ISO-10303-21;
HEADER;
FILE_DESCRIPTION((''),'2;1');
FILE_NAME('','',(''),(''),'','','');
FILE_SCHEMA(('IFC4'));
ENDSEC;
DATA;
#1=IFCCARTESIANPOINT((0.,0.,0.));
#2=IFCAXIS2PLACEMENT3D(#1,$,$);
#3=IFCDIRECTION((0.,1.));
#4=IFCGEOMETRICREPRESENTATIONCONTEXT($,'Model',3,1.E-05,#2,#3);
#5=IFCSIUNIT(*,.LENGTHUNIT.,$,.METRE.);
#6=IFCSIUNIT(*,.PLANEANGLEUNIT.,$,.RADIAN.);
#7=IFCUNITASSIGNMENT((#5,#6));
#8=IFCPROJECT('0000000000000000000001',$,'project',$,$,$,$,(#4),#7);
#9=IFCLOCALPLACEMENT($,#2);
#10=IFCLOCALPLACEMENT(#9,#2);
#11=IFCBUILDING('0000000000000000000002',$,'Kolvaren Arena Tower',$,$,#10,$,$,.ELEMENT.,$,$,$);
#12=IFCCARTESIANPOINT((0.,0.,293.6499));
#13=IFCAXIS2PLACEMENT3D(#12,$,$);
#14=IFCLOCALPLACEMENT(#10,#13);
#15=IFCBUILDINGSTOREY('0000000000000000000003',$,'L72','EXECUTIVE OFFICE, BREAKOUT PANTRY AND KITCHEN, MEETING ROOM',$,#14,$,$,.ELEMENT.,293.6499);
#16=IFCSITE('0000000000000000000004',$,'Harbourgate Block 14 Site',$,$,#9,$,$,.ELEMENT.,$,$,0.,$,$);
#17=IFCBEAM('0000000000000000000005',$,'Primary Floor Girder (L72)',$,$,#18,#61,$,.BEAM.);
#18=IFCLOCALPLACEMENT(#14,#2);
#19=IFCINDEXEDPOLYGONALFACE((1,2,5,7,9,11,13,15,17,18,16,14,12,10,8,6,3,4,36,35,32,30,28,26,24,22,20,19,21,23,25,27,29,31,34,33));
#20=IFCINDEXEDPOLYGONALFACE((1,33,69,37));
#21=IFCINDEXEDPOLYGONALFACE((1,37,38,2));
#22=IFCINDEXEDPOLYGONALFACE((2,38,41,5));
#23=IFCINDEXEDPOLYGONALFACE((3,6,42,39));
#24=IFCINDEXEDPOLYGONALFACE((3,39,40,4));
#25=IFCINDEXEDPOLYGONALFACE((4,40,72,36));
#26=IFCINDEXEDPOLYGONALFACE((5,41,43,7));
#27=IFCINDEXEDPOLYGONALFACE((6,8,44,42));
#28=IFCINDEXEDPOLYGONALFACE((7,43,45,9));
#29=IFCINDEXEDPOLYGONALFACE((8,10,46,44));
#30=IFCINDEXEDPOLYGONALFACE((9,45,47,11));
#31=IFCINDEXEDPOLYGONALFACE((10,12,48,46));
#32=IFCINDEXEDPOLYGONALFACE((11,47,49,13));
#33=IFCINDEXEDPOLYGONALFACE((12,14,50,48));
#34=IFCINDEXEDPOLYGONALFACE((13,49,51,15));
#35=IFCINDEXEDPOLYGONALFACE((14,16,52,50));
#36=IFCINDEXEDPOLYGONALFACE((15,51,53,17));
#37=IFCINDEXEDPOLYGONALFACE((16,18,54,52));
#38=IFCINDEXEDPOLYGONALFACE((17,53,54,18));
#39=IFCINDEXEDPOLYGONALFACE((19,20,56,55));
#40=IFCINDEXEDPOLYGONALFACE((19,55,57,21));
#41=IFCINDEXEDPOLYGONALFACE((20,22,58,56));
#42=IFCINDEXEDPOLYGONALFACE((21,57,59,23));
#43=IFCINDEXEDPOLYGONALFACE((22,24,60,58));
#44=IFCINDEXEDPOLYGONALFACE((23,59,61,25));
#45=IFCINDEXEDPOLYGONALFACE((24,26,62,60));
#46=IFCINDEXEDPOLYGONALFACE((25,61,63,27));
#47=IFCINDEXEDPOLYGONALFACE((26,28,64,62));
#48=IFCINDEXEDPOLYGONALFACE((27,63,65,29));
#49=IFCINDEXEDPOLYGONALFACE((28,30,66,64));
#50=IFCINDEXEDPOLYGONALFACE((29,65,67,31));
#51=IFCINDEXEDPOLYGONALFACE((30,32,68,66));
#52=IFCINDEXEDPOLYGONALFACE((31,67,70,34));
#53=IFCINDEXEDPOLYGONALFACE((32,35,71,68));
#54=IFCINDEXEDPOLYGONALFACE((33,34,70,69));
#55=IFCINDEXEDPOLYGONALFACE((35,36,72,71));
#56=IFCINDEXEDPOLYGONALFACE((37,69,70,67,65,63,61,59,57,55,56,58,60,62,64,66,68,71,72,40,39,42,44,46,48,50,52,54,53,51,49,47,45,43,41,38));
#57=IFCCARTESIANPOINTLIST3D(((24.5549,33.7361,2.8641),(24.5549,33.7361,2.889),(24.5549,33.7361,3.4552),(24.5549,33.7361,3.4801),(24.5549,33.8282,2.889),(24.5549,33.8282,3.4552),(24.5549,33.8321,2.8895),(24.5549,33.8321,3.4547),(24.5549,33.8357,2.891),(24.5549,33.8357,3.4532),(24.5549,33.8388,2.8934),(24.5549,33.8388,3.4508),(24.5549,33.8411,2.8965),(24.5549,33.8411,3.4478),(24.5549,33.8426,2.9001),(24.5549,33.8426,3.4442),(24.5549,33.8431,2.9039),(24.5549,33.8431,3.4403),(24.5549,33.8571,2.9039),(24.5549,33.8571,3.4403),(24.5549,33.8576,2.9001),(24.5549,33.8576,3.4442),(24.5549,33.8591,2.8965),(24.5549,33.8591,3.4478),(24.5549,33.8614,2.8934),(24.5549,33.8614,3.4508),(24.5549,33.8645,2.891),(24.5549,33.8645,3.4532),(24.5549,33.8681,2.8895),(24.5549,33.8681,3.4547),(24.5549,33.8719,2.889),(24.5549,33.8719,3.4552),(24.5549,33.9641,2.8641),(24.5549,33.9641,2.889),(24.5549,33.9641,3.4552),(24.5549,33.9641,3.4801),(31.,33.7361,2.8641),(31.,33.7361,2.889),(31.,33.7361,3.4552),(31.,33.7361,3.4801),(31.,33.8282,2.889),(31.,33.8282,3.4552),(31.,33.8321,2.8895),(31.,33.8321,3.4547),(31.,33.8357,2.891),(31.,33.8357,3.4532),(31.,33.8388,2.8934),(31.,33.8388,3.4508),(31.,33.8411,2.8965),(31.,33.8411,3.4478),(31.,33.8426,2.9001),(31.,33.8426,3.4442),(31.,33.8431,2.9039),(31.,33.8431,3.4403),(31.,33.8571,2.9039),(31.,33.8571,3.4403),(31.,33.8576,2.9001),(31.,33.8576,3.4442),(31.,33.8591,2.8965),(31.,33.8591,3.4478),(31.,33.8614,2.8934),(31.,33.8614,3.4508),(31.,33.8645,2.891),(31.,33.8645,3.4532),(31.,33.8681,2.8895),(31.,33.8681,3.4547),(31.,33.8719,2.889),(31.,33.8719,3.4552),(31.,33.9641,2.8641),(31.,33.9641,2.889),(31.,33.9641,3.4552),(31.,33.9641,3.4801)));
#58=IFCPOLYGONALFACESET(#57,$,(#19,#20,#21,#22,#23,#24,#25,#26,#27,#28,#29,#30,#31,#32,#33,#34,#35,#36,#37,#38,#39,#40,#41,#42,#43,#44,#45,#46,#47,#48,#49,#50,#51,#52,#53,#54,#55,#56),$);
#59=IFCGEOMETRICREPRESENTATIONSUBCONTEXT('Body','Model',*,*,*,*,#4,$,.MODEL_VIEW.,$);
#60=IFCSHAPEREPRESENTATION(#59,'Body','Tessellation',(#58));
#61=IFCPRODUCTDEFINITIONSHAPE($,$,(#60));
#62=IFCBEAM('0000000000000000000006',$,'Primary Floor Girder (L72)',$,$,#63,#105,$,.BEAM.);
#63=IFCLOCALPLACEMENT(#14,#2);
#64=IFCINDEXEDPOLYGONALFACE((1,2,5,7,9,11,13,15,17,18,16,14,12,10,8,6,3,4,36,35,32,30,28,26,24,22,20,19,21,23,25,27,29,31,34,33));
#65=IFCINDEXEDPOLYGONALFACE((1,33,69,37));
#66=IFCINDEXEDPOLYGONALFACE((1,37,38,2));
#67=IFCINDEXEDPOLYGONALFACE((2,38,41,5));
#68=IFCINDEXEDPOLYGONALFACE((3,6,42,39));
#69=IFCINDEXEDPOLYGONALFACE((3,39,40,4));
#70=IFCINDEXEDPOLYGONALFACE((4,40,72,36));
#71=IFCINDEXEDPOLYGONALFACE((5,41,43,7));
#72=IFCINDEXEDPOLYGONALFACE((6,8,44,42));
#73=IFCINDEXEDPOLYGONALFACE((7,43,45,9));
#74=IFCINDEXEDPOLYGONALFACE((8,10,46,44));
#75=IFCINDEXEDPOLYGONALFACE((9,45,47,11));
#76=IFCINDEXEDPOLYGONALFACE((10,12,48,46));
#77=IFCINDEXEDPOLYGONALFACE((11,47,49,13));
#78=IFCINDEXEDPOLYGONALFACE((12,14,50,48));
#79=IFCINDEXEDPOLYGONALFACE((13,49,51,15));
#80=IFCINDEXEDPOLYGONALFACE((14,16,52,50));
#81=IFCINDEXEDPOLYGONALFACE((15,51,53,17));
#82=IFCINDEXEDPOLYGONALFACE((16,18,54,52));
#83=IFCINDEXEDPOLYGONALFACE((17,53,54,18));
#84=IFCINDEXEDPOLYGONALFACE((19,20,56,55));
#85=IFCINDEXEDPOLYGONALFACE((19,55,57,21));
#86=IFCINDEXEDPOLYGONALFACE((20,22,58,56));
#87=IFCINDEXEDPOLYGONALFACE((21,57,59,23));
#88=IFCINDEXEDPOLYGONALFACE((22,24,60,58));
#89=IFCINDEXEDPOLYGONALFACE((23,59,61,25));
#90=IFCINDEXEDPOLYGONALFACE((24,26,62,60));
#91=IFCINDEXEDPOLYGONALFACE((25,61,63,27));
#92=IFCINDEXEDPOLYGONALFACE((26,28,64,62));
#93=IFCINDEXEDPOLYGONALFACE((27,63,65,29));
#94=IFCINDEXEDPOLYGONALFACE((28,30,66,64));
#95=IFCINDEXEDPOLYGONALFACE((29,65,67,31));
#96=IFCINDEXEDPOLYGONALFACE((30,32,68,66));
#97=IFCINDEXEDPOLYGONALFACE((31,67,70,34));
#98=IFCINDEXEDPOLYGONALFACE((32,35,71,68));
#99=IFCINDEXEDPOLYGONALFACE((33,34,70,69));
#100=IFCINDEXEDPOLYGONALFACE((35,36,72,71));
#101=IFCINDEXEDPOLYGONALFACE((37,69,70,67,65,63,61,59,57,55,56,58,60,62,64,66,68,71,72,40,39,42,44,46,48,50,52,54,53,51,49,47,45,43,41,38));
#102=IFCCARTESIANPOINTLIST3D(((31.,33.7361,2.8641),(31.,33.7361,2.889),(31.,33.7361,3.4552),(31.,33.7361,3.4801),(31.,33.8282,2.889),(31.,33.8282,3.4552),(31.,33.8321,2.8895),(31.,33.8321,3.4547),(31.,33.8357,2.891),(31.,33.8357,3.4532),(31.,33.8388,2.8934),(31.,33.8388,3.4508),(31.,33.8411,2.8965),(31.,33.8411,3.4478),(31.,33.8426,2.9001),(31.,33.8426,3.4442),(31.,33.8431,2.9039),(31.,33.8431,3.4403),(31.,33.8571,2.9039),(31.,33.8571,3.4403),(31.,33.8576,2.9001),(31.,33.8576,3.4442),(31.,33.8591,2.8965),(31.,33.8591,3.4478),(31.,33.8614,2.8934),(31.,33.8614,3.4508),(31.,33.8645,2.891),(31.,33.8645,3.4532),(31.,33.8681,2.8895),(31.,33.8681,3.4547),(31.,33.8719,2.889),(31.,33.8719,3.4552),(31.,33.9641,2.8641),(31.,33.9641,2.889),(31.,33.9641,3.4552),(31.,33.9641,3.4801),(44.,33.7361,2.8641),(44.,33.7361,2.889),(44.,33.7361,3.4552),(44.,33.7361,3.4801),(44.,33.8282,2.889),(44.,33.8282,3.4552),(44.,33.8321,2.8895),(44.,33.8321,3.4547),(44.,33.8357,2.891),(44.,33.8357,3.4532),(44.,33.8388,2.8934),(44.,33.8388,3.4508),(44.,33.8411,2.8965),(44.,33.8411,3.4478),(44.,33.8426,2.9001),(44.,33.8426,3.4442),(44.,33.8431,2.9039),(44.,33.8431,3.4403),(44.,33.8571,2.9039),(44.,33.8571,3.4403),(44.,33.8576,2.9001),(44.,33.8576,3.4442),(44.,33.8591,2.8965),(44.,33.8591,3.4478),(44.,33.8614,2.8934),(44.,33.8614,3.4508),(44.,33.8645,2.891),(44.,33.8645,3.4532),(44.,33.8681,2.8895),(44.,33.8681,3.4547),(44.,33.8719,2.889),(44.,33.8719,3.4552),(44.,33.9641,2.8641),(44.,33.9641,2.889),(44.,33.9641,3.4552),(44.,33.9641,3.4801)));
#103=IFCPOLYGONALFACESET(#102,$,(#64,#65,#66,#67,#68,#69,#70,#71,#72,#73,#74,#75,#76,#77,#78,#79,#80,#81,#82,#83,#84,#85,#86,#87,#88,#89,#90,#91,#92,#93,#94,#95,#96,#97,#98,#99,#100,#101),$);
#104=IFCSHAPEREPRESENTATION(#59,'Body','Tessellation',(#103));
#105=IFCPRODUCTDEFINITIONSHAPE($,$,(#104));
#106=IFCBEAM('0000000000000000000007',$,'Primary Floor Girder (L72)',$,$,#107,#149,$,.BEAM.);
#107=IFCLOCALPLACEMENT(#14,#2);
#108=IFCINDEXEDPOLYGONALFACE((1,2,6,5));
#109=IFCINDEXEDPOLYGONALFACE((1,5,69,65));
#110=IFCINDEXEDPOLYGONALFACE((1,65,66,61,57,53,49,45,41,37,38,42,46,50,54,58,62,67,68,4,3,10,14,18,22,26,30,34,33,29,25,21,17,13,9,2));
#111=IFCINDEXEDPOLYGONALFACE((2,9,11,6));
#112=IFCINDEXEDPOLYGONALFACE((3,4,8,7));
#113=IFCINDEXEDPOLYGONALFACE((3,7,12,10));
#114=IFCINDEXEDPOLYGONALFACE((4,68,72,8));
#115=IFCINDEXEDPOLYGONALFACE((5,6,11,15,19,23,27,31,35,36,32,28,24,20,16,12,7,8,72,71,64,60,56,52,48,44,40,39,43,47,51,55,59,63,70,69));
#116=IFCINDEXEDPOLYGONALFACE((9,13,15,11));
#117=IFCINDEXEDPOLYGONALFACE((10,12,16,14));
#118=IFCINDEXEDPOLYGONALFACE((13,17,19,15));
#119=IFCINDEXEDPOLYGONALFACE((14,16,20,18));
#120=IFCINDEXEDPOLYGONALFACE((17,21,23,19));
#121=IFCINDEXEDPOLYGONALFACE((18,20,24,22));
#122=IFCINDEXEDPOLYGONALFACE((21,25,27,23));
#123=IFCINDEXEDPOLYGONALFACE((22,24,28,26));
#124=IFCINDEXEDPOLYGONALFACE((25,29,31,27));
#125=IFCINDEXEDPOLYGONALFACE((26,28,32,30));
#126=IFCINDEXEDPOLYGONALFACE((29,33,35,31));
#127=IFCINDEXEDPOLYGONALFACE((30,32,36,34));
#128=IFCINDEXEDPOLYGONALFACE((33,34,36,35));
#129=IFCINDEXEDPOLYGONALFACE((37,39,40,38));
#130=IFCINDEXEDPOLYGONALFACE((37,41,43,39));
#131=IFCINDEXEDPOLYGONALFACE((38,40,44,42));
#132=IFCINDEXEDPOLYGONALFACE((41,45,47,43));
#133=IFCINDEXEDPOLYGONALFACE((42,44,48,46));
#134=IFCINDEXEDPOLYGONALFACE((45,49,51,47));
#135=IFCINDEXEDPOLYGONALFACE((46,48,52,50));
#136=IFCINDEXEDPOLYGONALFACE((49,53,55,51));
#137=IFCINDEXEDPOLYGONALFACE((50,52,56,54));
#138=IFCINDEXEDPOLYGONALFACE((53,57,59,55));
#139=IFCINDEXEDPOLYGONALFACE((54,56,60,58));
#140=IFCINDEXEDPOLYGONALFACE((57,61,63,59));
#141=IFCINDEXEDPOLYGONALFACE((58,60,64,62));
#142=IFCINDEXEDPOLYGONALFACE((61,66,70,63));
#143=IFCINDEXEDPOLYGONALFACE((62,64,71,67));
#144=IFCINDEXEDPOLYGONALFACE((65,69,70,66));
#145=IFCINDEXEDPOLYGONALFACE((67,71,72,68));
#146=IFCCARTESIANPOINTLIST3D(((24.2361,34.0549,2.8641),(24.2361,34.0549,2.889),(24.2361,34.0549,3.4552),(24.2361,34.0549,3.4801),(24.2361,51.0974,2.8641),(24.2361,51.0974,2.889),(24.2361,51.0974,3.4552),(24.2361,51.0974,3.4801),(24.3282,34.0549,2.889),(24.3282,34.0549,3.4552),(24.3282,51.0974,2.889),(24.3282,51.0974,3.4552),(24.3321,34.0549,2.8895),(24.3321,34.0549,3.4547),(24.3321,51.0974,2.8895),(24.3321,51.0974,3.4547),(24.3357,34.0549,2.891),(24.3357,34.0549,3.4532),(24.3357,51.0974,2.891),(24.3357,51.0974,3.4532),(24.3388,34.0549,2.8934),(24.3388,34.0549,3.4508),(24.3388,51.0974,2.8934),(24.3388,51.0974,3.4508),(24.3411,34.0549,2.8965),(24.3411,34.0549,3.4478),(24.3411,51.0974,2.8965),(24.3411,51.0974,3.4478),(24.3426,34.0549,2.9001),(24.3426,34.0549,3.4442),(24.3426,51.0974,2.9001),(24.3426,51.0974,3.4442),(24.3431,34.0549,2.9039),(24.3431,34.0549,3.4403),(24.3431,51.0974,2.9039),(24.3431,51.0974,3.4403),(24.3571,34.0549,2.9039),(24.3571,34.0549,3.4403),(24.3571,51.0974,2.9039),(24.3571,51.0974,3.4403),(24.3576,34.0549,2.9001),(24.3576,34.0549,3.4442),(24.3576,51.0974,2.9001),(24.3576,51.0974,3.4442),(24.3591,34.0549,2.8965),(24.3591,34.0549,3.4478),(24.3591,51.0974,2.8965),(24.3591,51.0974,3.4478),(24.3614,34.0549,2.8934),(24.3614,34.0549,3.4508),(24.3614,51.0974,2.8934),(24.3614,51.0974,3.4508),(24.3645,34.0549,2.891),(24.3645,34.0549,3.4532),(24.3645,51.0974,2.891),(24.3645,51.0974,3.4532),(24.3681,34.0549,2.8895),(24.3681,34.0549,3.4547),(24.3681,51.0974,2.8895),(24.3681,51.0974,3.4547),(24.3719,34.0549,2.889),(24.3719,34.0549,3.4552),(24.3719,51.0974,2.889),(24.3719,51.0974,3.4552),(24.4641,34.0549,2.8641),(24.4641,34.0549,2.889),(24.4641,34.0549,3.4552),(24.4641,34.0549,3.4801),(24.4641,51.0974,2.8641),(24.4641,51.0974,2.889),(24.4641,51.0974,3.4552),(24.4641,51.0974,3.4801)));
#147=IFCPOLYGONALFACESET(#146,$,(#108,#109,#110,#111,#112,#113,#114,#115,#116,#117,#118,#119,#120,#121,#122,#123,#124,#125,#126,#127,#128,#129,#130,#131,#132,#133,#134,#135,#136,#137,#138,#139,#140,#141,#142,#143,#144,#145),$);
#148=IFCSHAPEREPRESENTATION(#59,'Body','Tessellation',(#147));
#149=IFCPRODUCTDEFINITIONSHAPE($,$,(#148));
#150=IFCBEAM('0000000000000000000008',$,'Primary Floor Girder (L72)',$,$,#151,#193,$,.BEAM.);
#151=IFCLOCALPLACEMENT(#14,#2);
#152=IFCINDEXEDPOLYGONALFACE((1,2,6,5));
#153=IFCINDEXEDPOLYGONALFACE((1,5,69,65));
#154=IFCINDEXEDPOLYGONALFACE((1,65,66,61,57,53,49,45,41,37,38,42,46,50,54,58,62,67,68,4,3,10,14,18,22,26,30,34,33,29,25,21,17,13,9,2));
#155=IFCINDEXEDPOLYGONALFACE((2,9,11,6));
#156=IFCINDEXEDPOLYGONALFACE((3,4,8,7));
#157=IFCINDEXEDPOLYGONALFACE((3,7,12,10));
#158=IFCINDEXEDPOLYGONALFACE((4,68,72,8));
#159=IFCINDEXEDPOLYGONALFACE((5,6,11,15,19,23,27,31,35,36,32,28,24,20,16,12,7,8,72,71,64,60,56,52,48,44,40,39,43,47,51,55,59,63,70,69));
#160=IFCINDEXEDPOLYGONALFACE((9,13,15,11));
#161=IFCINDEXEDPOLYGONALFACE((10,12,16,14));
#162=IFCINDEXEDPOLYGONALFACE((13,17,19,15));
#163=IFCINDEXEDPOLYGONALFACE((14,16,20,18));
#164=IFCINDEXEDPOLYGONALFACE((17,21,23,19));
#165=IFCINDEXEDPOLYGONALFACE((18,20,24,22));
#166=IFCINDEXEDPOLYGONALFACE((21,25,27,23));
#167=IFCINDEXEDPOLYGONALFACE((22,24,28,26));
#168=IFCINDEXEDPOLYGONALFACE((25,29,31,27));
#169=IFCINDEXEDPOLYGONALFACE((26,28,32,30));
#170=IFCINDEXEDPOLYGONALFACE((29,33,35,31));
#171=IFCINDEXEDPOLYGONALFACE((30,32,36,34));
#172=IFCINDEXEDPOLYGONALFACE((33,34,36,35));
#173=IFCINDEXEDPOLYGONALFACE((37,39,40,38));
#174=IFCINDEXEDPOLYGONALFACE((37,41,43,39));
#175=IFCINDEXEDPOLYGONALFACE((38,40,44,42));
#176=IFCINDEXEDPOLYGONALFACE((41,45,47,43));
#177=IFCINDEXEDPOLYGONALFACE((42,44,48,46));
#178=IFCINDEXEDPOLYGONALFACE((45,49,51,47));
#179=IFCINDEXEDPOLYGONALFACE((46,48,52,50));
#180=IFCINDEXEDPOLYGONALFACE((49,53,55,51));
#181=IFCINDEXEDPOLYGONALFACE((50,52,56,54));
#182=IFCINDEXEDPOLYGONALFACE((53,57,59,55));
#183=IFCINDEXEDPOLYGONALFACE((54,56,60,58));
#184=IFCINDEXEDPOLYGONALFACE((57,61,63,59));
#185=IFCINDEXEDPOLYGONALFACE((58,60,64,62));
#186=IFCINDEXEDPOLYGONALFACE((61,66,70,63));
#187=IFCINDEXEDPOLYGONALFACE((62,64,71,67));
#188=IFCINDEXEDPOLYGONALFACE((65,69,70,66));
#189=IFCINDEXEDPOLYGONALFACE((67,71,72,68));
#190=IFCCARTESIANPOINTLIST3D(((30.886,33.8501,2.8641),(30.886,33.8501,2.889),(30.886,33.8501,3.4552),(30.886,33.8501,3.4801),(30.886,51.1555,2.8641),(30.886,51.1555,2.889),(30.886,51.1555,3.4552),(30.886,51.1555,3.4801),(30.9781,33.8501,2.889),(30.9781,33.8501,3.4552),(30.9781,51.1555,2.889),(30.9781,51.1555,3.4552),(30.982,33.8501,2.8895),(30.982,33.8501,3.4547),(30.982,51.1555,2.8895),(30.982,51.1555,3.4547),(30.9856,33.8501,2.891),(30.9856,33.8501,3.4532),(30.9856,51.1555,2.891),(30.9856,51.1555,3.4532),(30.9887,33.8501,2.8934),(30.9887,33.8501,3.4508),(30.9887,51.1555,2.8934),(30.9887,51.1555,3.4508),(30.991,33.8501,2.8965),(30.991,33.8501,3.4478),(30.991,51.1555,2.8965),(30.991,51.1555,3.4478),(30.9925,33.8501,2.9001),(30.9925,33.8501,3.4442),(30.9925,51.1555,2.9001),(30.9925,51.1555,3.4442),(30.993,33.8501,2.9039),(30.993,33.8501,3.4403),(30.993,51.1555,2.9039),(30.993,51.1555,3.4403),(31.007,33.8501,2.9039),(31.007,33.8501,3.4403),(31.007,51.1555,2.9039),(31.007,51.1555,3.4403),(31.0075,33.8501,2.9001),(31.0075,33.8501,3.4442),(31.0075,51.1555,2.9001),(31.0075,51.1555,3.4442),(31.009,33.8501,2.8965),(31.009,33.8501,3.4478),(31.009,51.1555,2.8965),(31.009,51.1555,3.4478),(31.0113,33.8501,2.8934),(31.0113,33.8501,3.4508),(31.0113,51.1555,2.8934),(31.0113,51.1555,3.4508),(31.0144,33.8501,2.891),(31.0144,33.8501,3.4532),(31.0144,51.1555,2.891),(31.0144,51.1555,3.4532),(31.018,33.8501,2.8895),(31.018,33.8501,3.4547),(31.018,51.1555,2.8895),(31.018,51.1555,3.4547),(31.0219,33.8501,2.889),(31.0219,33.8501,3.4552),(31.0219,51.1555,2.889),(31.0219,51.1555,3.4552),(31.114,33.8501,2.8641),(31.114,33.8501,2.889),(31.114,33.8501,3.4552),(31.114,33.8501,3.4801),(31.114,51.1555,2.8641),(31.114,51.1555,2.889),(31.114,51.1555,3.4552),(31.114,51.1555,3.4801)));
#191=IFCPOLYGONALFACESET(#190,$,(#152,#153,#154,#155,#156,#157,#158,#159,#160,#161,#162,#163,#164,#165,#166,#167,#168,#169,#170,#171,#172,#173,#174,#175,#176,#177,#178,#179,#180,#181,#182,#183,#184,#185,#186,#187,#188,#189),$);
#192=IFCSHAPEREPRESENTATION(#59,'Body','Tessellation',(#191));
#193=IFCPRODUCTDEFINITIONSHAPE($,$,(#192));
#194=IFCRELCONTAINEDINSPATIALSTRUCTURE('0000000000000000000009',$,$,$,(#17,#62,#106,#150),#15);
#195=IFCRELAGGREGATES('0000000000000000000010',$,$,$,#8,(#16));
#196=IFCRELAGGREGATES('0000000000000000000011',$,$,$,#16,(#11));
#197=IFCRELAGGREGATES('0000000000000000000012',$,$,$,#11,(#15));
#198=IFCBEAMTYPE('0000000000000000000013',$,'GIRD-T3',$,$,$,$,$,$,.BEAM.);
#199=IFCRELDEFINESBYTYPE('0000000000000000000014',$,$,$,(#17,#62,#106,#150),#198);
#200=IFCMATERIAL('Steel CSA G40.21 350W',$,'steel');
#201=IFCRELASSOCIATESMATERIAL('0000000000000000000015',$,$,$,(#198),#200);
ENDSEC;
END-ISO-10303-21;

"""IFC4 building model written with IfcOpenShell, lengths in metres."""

from ifc_helpers import new_model, si_unit, direction, frame, origin, origin_2d, place, context, subcontext, project, spatial, i_section, extrude, material, material_profile, profile_set, type_object, element, save


model = new_model("IFC4")

# Units and contexts
model_context = context("Model", 3, precision=1e-05, world=origin(), true_north=direction((0.0, 1.0)))
body_context = subcontext(model_context, "Body", "Model", "MODEL_VIEW")
ifc_project = project(units=[si_unit("LENGTHUNIT", "METRE"), si_unit("PLANEANGLEUNIT", "RADIAN")], contexts=[model_context])

# Site, building, storey
site_placement = place(None, origin())
site = spatial("IfcSite", under=ifc_project, at=site_placement, Name="Harbourgate Block 14 Site", CompositionType="ELEMENT", RefElevation=0.0)
building_placement = place(site_placement, origin())
building = spatial("IfcBuilding", under=site, at=building_placement, Name="Kolvaren Arena Tower", CompositionType="ELEMENT")
storey_placement = place(building_placement, frame((0.0, 0.0, 293.6499)))
storey = spatial("IfcBuildingStorey", under=building, at=storey_placement, Name="L72", Description="EXECUTIVE OFFICE, BREAKOUT PANTRY AND KITCHEN, MEETING ROOM", CompositionType="ELEMENT", Elevation=293.6499)

# Beams
ifc_material_1 = material(Name="Steel CSA G40.21 350W", Category="steel")
ifc_material_profile_1 = material_profile(ifc_material_1, i_section(OverallWidth=0.228, OverallDepth=0.616, WebThickness=0.0139, FlangeThickness=0.0249, FilletRadius=0.0149, at=origin_2d()), Name="W610x174")
ifc_profile_set_1 = profile_set([ifc_material_profile_1], Name="Steel CSA G40.21 350W")
beam_type_1 = type_object("IfcBeamType", Name="GIRD-T3", PredefinedType="BEAM", material=ifc_profile_set_1)
beam_1_placement = place(storey_placement, frame((24.5549, 33.8501, 3.1721), z_axis=(1.0, 0.0, 0.0), x_axis=(0.0, 1.0, 0.0)))
element("IfcBeam", 1, at=beam_1_placement, inside=storey, type_object=beam_type_1, Name="Primary Floor Girder (L72)", PredefinedType="BEAM", context=body_context, shape_type="SweptSolid", body=[
    extrude(i_section(OverallWidth=0.228, OverallDepth=0.616, WebThickness=0.0139, FlangeThickness=0.0249, FilletRadius=0.0149, at=origin_2d()), origin(), (0.0, 0.0, 1.0), 6.4451),
])
beam_2_placement = place(storey_placement, frame((31.0, 33.8501, 3.1721), z_axis=(1.0, 0.0, 0.0), x_axis=(0.0, 1.0, 0.0)))
element("IfcBeam", 2, at=beam_2_placement, inside=storey, type_object=beam_type_1, Name="Primary Floor Girder (L72)", PredefinedType="BEAM", context=body_context, shape_type="SweptSolid", body=[
    extrude(i_section(OverallWidth=0.228, OverallDepth=0.616, WebThickness=0.0139, FlangeThickness=0.0249, FilletRadius=0.0149, at=origin_2d()), origin(), (0.0, 0.0, 1.0), 13.0),
])
beam_3_placement = place(storey_placement, frame((24.3501, 34.0549, 3.1721), z_axis=(0.0, 1.0, 0.0), x_axis=(-1.0, 0.0, 0.0)))
element("IfcBeam", 3, at=beam_3_placement, inside=storey, type_object=beam_type_1, Name="Primary Floor Girder (L72)", PredefinedType="BEAM", context=body_context, shape_type="SweptSolid", body=[
    extrude(i_section(OverallWidth=0.228, OverallDepth=0.616, WebThickness=0.0139, FlangeThickness=0.0249, FilletRadius=0.0149, at=origin_2d()), origin(), (0.0, 0.0, 1.0), 17.0425),
])
beam_4_placement = place(storey_placement, frame((31.0, 33.8501, 3.1721), z_axis=(0.0, 1.0, 0.0), x_axis=(-1.0, 0.0, 0.0)))
element("IfcBeam", 4, at=beam_4_placement, inside=storey, type_object=beam_type_1, Name="Primary Floor Girder (L72)", PredefinedType="BEAM", context=body_context, shape_type="SweptSolid", body=[
    extrude(i_section(OverallWidth=0.228, OverallDepth=0.616, WebThickness=0.0139, FlangeThickness=0.0249, FilletRadius=0.0149, at=origin_2d()), origin(), (0.0, 0.0, 1.0), 17.3054),
])

save(model, "model.ifc")
